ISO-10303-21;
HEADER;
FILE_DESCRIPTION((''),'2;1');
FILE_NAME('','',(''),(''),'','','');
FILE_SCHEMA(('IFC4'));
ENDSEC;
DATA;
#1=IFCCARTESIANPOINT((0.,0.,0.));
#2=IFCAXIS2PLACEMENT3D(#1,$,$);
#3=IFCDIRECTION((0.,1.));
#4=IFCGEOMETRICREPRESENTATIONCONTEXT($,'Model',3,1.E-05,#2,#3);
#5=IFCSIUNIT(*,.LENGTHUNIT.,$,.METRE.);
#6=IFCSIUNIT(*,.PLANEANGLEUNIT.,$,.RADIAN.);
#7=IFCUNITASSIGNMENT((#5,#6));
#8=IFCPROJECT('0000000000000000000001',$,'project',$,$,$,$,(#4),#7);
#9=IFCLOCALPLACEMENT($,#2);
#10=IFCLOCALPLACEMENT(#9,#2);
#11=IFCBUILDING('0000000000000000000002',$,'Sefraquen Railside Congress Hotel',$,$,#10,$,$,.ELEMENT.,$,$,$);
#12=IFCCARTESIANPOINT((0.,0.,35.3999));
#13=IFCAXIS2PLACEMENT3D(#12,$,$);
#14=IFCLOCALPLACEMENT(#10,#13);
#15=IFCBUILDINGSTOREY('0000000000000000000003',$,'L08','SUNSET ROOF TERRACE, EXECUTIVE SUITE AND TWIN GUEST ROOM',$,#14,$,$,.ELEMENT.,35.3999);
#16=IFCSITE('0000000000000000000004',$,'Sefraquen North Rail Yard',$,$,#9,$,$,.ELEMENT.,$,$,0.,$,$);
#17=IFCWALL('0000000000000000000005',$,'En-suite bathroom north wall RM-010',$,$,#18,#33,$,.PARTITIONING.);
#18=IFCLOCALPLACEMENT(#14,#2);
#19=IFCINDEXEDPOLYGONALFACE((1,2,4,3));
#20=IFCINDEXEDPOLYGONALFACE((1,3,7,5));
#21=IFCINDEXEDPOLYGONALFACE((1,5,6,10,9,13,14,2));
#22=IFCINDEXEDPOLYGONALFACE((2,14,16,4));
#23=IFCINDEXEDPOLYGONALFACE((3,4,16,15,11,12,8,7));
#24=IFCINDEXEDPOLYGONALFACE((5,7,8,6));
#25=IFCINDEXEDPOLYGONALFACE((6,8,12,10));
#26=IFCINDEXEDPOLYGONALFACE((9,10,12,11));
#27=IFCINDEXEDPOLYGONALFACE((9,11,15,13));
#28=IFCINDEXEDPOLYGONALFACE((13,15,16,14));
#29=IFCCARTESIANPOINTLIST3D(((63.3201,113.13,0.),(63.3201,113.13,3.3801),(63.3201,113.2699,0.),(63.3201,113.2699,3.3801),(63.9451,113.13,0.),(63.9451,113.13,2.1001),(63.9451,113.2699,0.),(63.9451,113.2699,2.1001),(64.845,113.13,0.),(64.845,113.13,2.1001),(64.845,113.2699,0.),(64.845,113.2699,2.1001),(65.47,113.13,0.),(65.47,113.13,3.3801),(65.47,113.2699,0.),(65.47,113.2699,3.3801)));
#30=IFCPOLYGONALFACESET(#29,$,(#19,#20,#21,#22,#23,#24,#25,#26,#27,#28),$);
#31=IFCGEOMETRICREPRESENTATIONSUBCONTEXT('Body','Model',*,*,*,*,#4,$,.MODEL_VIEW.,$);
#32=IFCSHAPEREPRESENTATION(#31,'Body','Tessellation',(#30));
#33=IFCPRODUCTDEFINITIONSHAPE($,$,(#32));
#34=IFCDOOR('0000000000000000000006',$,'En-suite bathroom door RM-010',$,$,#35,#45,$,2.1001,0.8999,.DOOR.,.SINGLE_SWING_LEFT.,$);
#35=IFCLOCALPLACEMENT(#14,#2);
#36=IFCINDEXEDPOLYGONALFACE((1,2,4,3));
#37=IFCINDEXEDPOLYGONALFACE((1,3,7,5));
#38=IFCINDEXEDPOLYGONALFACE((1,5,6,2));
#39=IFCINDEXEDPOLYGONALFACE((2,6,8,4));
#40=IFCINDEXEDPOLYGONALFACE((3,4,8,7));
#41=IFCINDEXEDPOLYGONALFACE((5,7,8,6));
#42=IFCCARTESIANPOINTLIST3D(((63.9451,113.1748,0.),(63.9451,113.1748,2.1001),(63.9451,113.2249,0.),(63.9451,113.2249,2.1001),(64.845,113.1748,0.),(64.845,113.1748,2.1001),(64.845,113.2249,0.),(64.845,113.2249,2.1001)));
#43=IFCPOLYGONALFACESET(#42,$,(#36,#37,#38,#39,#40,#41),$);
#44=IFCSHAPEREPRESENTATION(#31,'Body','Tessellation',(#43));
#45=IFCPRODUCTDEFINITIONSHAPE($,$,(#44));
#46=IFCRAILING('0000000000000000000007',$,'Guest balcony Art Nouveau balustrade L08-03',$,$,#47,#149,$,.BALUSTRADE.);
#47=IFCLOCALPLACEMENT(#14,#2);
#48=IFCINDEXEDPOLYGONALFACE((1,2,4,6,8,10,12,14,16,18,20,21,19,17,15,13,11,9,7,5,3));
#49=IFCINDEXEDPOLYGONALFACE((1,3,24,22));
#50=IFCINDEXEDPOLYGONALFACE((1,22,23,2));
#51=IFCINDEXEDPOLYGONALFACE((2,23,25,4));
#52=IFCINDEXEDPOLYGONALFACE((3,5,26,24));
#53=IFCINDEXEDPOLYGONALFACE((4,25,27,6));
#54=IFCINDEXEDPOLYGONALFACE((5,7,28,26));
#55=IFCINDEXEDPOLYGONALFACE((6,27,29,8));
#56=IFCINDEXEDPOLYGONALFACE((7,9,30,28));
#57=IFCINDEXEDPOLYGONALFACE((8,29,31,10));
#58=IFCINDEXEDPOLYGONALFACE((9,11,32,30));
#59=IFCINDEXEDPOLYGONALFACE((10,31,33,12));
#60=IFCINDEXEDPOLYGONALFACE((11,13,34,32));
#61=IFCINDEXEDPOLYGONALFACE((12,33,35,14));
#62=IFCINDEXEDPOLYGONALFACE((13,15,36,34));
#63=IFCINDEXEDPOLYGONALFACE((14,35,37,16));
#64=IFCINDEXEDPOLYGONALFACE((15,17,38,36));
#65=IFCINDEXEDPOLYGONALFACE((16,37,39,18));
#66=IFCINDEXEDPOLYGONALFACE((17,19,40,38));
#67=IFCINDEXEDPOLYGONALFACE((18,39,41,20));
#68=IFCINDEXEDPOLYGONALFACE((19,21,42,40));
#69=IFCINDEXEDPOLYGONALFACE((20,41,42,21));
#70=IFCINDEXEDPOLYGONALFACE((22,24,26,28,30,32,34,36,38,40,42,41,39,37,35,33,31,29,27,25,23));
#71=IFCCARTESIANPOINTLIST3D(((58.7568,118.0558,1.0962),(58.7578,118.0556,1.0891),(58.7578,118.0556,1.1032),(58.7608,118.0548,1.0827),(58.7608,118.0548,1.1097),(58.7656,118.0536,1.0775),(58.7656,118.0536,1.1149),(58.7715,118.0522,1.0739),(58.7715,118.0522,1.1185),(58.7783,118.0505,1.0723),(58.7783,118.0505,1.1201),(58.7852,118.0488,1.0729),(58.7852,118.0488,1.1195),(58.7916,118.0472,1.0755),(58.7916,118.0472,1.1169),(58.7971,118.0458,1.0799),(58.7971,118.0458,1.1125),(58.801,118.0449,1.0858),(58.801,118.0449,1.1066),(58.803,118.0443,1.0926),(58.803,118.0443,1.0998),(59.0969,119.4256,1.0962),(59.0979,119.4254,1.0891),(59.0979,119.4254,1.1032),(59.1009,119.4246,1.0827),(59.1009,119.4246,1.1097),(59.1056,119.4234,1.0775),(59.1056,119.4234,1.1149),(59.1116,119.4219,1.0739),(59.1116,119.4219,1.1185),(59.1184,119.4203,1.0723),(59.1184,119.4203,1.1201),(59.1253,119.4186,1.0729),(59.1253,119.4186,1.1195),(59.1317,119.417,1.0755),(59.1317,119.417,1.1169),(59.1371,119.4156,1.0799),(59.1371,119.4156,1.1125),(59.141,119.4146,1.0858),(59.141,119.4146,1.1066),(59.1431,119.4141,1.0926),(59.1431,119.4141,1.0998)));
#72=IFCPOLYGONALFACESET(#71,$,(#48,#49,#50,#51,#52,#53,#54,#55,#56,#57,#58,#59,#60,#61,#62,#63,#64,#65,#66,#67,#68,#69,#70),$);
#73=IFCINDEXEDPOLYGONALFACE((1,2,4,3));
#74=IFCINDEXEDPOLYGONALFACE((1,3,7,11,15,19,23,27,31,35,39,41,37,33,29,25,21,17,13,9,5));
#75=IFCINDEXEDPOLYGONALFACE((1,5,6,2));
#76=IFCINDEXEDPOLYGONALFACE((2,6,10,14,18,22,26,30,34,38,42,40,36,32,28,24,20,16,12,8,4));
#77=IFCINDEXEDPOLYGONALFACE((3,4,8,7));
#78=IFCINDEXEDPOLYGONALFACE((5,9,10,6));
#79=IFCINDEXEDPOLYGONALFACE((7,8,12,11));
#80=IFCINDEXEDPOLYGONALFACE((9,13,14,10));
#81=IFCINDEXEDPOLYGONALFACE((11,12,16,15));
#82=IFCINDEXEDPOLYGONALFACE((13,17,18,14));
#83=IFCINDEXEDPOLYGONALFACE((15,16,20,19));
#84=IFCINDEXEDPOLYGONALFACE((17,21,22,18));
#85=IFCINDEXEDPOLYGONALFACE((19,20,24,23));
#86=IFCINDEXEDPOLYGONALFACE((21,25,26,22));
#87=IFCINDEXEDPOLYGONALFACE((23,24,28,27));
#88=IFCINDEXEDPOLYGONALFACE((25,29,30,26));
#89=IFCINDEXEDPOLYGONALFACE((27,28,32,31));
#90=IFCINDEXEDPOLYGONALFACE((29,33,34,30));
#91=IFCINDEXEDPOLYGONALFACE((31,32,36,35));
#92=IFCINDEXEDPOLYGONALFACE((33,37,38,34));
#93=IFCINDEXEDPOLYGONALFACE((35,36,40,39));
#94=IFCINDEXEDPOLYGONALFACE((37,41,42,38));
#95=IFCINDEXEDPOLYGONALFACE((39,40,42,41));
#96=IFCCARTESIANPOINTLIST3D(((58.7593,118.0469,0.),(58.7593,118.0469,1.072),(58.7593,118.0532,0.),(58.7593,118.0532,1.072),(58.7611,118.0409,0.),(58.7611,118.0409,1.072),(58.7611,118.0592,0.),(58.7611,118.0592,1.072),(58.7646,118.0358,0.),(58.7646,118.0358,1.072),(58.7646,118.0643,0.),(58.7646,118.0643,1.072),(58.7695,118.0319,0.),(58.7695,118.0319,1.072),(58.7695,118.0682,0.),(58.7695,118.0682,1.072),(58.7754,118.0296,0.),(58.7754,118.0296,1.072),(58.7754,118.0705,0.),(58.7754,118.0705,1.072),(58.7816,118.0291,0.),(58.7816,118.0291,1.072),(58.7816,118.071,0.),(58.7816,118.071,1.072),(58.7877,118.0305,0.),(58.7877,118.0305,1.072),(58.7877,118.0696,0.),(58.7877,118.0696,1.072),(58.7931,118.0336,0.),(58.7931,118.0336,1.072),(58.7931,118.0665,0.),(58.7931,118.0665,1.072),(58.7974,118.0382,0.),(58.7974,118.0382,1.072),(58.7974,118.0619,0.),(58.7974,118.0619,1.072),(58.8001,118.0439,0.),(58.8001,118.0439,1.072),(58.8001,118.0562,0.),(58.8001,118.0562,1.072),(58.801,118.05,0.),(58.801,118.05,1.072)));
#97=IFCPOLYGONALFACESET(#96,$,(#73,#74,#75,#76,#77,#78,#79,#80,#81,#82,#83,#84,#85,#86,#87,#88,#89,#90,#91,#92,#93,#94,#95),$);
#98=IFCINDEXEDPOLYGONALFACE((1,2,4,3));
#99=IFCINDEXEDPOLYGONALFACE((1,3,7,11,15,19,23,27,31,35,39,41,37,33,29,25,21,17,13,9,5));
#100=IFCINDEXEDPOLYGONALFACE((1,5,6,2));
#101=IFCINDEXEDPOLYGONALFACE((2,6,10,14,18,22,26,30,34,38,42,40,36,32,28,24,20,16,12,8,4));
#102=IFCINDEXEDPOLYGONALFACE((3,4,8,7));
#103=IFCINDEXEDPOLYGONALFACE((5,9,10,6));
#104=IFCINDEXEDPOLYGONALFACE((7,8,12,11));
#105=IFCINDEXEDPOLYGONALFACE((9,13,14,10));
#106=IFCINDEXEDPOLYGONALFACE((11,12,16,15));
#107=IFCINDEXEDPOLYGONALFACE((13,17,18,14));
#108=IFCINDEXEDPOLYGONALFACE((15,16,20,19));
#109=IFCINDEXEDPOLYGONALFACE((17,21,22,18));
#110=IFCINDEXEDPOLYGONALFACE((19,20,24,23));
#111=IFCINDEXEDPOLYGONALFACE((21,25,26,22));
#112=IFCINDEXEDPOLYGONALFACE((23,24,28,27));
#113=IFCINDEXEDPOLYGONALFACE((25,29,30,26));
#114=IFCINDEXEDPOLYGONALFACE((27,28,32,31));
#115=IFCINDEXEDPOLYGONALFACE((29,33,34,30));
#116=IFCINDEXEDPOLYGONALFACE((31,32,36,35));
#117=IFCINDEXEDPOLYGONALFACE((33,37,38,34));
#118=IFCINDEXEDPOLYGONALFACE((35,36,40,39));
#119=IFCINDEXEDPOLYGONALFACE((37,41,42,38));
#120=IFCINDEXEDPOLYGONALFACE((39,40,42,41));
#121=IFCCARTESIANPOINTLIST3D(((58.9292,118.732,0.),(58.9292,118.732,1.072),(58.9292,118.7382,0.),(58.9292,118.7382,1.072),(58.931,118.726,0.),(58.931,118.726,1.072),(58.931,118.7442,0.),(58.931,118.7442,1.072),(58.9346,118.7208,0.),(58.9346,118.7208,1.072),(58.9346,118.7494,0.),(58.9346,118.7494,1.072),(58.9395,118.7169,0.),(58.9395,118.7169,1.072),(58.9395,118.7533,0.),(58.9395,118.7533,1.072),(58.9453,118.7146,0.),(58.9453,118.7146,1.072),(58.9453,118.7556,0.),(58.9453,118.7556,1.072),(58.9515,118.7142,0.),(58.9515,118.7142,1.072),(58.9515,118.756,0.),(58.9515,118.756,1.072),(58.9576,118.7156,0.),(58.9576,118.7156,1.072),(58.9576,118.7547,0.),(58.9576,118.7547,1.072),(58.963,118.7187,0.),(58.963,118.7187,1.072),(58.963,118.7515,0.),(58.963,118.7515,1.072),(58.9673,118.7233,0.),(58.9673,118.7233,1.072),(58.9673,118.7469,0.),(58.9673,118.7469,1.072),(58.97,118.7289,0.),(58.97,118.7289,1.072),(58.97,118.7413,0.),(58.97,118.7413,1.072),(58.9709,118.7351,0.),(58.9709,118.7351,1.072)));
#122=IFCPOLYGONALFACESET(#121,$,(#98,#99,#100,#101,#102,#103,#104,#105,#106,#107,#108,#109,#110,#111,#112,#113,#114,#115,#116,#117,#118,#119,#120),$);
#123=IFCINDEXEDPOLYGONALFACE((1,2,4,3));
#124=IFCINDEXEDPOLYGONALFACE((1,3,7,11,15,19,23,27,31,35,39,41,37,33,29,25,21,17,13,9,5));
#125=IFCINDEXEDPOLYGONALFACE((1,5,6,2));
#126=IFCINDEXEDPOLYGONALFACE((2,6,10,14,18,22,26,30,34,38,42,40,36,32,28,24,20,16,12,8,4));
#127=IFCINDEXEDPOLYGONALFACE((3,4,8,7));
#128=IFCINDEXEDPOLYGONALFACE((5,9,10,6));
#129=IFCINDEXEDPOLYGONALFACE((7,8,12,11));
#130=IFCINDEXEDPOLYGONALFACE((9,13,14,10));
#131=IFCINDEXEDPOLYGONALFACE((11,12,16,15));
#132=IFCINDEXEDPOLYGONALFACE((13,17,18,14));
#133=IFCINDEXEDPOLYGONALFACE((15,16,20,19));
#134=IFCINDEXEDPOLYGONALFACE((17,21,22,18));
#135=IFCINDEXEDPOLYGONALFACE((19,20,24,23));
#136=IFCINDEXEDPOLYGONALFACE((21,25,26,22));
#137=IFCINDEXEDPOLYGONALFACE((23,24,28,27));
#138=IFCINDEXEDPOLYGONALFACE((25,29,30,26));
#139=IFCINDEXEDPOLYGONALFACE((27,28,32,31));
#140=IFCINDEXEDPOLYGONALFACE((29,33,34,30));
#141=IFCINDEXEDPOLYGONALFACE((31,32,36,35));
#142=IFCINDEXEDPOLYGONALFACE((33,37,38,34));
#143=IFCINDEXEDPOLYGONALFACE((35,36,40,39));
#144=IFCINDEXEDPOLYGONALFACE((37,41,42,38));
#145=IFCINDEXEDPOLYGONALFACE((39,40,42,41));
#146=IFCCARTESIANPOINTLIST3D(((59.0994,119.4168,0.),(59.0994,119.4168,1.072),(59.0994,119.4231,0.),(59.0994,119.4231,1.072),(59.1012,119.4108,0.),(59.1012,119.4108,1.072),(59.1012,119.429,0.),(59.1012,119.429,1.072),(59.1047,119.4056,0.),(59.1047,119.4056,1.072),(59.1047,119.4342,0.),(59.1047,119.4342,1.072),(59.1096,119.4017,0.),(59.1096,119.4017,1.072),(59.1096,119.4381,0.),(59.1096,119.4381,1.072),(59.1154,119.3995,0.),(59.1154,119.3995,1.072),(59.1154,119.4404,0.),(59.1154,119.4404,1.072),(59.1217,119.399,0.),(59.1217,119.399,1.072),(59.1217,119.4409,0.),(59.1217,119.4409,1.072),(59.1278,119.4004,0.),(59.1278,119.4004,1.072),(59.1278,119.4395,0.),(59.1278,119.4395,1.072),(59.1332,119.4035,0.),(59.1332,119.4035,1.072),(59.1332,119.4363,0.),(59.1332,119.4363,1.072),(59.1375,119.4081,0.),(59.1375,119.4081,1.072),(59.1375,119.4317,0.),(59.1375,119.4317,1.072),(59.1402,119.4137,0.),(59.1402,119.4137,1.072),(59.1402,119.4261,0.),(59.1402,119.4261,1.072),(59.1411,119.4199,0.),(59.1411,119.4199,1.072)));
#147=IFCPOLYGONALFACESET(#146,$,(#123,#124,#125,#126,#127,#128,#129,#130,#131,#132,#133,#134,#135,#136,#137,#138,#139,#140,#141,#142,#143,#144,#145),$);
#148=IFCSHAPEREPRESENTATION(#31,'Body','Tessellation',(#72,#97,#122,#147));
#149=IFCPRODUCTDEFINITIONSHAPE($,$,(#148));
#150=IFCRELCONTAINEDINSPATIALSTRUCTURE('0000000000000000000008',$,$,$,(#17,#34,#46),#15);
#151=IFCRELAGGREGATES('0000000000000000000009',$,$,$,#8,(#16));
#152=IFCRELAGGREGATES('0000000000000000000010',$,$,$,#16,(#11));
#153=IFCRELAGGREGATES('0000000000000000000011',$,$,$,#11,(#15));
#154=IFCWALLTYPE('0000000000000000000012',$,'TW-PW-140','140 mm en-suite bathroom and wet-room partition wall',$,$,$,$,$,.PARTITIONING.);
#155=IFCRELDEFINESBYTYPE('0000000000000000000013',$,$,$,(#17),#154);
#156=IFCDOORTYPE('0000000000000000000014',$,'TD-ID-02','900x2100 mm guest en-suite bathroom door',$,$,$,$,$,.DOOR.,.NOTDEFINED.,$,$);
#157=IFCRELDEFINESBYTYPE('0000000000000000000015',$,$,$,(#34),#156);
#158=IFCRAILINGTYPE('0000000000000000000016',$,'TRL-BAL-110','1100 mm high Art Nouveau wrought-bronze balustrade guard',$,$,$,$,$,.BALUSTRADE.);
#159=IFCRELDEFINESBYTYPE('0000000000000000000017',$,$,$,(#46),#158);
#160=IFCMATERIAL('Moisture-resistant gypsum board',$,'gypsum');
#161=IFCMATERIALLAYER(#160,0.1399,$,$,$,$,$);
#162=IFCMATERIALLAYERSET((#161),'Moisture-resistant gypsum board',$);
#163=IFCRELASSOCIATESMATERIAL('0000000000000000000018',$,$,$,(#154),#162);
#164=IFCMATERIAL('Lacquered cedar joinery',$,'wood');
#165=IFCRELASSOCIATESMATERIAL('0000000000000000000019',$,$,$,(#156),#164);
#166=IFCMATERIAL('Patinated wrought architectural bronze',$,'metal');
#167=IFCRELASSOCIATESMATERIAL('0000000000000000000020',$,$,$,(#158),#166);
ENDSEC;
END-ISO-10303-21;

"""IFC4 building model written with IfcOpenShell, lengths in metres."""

from ifc_helpers import new_model, si_unit, direction, frame, frame_2d, origin, origin_2d, place, context, subcontext, project, spatial, rectangle, circle, extrude, material, layer, layer_set, type_object, element, fill, save


model = new_model("IFC4")

# Units and contexts
model_context = context("Model", 3, precision=1e-05, world=origin(), true_north=direction((0.0, 1.0)))
body_context = subcontext(model_context, "Body", "Model", "MODEL_VIEW")
ifc_project = project(units=[si_unit("LENGTHUNIT", "METRE"), si_unit("PLANEANGLEUNIT", "RADIAN")], contexts=[model_context])

# Site, building, storey
site_placement = place(None, origin())
site = spatial("IfcSite", under=ifc_project, at=site_placement, Name="Sefraquen North Rail Yard", CompositionType="ELEMENT", RefElevation=0.0)
building_placement = place(site_placement, origin())
building = spatial("IfcBuilding", under=site, at=building_placement, Name="Sefraquen Railside Congress Hotel", CompositionType="ELEMENT")
storey_placement = place(building_placement, frame((0.0, 0.0, 35.3999)))
storey = spatial("IfcBuildingStorey", under=building, at=storey_placement, Name="L08", Description="SUNSET ROOF TERRACE, EXECUTIVE SUITE AND TWIN GUEST ROOM", CompositionType="ELEMENT", Elevation=35.3999)

# Wall, opening, door
ifc_material_1 = material(Name="Moisture-resistant gypsum board", Category="gypsum")
ifc_layer_1 = layer(ifc_material_1, 0.1399)
ifc_layer_set_1 = layer_set([ifc_layer_1], Name="Moisture-resistant gypsum board")
wall_type = type_object("IfcWallType", Name="TW-PW-140", Description="140 mm en-suite bathroom and wet-room partition wall", PredefinedType="PARTITIONING", material=ifc_layer_set_1)
ifc_material_2 = material(Name="Lacquered cedar joinery", Category="wood")
door_type = type_object("IfcDoorType", Name="TD-ID-02", Description="900x2100 mm guest en-suite bathroom door", OperationType="NOTDEFINED", PredefinedType="DOOR", material=ifc_material_2)
wall_1_placement = place(storey_placement, frame((63.3201, 113.2, 0.0), z_axis=(0.0, 0.0, 1.0), x_axis=(1.0, 0.0, 0.0)))
wall_1 = element("IfcWall", 1, at=wall_1_placement, inside=storey, type_object=wall_type, Name="En-suite bathroom north wall RM-010", PredefinedType="PARTITIONING", context=body_context, shape_type="SweptSolid", body=[
    extrude(rectangle(XDim=2.1499, YDim=0.1399, at=frame_2d((1.075, 0.0))), origin(), (0.0, 0.0, 1.0), 3.3801),
])
opening_1_placement = place(wall_1_placement, frame((0.625, 0.0, 0.0)))
opening_1 = element("IfcOpeningElement", 2, at=opening_1_placement, cuts=wall_1, PredefinedType="OPENING", context=body_context, shape_type="SweptSolid", body=[
    extrude(rectangle(XDim=0.8999, YDim=2.1001, at=frame_2d((0.45, 1.05))), frame((0.0, 0.0798, 0.0), z_axis=(0.0, -1.0, 0.0), x_axis=(1.0, 0.0, 0.0)), (0.0, 0.0, 1.0), 0.1599),
])
door_1_placement = place(opening_1_placement, origin())
door_1 = element("IfcDoor", 3, at=door_1_placement, inside=storey, type_object=door_type, Name="En-suite bathroom door RM-010", OperationType="SINGLE_SWING_LEFT", OverallHeight=2.1001, OverallWidth=0.8999, PredefinedType="DOOR", context=body_context, shape_type="SweptSolid", body=[
    extrude(rectangle(XDim=0.8999, YDim=2.1001, at=frame_2d((0.45, 1.05))), frame((0.0, 0.0249, 0.0), z_axis=(0.0, -1.0, 0.0), x_axis=(1.0, 0.0, 0.0)), (0.0, 0.0, 1.0), 0.05),
])
fill(opening_1, door_1)

# Railing
ifc_material_3 = material(Name="Patinated wrought architectural bronze", Category="metal")
railing_type = type_object("IfcRailingType", Name="TRL-BAL-110", Description="1100 mm high Art Nouveau wrought-bronze balustrade guard", PredefinedType="BALUSTRADE", material=ifc_material_3)
railing_1_placement = place(storey_placement, frame((58.78, 118.05, 0.0)))
element("IfcRailing", 4, at=railing_1_placement, inside=storey, type_object=railing_type, Name="Guest balcony Art Nouveau balustrade L08-03", PredefinedType="BALUSTRADE", context=body_context, shape_type="SweptSolid", body=[
    extrude(circle(Radius=0.0239, at=origin_2d()), frame((0.0, 0.0, 1.0962), z_axis=(0.240948, 0.970538, 0.0), x_axis=(-0.970538, 0.240948, 0.0)), (0.0, 0.0, 1.0), 1.4114),
    extrude(circle(Radius=0.021, at=origin_2d()), origin(), (0.0, 0.0, 1.0), 1.072),
    extrude(circle(Radius=0.021, at=origin_2d()), frame((0.1699, 0.6851, 0.0)), (0.0, 0.0, 1.0), 1.072),
    extrude(circle(Radius=0.021, at=origin_2d()), frame((0.3401, 1.3699, 0.0)), (0.0, 0.0, 1.0), 1.072),
])

save(model, "model.ifc")
